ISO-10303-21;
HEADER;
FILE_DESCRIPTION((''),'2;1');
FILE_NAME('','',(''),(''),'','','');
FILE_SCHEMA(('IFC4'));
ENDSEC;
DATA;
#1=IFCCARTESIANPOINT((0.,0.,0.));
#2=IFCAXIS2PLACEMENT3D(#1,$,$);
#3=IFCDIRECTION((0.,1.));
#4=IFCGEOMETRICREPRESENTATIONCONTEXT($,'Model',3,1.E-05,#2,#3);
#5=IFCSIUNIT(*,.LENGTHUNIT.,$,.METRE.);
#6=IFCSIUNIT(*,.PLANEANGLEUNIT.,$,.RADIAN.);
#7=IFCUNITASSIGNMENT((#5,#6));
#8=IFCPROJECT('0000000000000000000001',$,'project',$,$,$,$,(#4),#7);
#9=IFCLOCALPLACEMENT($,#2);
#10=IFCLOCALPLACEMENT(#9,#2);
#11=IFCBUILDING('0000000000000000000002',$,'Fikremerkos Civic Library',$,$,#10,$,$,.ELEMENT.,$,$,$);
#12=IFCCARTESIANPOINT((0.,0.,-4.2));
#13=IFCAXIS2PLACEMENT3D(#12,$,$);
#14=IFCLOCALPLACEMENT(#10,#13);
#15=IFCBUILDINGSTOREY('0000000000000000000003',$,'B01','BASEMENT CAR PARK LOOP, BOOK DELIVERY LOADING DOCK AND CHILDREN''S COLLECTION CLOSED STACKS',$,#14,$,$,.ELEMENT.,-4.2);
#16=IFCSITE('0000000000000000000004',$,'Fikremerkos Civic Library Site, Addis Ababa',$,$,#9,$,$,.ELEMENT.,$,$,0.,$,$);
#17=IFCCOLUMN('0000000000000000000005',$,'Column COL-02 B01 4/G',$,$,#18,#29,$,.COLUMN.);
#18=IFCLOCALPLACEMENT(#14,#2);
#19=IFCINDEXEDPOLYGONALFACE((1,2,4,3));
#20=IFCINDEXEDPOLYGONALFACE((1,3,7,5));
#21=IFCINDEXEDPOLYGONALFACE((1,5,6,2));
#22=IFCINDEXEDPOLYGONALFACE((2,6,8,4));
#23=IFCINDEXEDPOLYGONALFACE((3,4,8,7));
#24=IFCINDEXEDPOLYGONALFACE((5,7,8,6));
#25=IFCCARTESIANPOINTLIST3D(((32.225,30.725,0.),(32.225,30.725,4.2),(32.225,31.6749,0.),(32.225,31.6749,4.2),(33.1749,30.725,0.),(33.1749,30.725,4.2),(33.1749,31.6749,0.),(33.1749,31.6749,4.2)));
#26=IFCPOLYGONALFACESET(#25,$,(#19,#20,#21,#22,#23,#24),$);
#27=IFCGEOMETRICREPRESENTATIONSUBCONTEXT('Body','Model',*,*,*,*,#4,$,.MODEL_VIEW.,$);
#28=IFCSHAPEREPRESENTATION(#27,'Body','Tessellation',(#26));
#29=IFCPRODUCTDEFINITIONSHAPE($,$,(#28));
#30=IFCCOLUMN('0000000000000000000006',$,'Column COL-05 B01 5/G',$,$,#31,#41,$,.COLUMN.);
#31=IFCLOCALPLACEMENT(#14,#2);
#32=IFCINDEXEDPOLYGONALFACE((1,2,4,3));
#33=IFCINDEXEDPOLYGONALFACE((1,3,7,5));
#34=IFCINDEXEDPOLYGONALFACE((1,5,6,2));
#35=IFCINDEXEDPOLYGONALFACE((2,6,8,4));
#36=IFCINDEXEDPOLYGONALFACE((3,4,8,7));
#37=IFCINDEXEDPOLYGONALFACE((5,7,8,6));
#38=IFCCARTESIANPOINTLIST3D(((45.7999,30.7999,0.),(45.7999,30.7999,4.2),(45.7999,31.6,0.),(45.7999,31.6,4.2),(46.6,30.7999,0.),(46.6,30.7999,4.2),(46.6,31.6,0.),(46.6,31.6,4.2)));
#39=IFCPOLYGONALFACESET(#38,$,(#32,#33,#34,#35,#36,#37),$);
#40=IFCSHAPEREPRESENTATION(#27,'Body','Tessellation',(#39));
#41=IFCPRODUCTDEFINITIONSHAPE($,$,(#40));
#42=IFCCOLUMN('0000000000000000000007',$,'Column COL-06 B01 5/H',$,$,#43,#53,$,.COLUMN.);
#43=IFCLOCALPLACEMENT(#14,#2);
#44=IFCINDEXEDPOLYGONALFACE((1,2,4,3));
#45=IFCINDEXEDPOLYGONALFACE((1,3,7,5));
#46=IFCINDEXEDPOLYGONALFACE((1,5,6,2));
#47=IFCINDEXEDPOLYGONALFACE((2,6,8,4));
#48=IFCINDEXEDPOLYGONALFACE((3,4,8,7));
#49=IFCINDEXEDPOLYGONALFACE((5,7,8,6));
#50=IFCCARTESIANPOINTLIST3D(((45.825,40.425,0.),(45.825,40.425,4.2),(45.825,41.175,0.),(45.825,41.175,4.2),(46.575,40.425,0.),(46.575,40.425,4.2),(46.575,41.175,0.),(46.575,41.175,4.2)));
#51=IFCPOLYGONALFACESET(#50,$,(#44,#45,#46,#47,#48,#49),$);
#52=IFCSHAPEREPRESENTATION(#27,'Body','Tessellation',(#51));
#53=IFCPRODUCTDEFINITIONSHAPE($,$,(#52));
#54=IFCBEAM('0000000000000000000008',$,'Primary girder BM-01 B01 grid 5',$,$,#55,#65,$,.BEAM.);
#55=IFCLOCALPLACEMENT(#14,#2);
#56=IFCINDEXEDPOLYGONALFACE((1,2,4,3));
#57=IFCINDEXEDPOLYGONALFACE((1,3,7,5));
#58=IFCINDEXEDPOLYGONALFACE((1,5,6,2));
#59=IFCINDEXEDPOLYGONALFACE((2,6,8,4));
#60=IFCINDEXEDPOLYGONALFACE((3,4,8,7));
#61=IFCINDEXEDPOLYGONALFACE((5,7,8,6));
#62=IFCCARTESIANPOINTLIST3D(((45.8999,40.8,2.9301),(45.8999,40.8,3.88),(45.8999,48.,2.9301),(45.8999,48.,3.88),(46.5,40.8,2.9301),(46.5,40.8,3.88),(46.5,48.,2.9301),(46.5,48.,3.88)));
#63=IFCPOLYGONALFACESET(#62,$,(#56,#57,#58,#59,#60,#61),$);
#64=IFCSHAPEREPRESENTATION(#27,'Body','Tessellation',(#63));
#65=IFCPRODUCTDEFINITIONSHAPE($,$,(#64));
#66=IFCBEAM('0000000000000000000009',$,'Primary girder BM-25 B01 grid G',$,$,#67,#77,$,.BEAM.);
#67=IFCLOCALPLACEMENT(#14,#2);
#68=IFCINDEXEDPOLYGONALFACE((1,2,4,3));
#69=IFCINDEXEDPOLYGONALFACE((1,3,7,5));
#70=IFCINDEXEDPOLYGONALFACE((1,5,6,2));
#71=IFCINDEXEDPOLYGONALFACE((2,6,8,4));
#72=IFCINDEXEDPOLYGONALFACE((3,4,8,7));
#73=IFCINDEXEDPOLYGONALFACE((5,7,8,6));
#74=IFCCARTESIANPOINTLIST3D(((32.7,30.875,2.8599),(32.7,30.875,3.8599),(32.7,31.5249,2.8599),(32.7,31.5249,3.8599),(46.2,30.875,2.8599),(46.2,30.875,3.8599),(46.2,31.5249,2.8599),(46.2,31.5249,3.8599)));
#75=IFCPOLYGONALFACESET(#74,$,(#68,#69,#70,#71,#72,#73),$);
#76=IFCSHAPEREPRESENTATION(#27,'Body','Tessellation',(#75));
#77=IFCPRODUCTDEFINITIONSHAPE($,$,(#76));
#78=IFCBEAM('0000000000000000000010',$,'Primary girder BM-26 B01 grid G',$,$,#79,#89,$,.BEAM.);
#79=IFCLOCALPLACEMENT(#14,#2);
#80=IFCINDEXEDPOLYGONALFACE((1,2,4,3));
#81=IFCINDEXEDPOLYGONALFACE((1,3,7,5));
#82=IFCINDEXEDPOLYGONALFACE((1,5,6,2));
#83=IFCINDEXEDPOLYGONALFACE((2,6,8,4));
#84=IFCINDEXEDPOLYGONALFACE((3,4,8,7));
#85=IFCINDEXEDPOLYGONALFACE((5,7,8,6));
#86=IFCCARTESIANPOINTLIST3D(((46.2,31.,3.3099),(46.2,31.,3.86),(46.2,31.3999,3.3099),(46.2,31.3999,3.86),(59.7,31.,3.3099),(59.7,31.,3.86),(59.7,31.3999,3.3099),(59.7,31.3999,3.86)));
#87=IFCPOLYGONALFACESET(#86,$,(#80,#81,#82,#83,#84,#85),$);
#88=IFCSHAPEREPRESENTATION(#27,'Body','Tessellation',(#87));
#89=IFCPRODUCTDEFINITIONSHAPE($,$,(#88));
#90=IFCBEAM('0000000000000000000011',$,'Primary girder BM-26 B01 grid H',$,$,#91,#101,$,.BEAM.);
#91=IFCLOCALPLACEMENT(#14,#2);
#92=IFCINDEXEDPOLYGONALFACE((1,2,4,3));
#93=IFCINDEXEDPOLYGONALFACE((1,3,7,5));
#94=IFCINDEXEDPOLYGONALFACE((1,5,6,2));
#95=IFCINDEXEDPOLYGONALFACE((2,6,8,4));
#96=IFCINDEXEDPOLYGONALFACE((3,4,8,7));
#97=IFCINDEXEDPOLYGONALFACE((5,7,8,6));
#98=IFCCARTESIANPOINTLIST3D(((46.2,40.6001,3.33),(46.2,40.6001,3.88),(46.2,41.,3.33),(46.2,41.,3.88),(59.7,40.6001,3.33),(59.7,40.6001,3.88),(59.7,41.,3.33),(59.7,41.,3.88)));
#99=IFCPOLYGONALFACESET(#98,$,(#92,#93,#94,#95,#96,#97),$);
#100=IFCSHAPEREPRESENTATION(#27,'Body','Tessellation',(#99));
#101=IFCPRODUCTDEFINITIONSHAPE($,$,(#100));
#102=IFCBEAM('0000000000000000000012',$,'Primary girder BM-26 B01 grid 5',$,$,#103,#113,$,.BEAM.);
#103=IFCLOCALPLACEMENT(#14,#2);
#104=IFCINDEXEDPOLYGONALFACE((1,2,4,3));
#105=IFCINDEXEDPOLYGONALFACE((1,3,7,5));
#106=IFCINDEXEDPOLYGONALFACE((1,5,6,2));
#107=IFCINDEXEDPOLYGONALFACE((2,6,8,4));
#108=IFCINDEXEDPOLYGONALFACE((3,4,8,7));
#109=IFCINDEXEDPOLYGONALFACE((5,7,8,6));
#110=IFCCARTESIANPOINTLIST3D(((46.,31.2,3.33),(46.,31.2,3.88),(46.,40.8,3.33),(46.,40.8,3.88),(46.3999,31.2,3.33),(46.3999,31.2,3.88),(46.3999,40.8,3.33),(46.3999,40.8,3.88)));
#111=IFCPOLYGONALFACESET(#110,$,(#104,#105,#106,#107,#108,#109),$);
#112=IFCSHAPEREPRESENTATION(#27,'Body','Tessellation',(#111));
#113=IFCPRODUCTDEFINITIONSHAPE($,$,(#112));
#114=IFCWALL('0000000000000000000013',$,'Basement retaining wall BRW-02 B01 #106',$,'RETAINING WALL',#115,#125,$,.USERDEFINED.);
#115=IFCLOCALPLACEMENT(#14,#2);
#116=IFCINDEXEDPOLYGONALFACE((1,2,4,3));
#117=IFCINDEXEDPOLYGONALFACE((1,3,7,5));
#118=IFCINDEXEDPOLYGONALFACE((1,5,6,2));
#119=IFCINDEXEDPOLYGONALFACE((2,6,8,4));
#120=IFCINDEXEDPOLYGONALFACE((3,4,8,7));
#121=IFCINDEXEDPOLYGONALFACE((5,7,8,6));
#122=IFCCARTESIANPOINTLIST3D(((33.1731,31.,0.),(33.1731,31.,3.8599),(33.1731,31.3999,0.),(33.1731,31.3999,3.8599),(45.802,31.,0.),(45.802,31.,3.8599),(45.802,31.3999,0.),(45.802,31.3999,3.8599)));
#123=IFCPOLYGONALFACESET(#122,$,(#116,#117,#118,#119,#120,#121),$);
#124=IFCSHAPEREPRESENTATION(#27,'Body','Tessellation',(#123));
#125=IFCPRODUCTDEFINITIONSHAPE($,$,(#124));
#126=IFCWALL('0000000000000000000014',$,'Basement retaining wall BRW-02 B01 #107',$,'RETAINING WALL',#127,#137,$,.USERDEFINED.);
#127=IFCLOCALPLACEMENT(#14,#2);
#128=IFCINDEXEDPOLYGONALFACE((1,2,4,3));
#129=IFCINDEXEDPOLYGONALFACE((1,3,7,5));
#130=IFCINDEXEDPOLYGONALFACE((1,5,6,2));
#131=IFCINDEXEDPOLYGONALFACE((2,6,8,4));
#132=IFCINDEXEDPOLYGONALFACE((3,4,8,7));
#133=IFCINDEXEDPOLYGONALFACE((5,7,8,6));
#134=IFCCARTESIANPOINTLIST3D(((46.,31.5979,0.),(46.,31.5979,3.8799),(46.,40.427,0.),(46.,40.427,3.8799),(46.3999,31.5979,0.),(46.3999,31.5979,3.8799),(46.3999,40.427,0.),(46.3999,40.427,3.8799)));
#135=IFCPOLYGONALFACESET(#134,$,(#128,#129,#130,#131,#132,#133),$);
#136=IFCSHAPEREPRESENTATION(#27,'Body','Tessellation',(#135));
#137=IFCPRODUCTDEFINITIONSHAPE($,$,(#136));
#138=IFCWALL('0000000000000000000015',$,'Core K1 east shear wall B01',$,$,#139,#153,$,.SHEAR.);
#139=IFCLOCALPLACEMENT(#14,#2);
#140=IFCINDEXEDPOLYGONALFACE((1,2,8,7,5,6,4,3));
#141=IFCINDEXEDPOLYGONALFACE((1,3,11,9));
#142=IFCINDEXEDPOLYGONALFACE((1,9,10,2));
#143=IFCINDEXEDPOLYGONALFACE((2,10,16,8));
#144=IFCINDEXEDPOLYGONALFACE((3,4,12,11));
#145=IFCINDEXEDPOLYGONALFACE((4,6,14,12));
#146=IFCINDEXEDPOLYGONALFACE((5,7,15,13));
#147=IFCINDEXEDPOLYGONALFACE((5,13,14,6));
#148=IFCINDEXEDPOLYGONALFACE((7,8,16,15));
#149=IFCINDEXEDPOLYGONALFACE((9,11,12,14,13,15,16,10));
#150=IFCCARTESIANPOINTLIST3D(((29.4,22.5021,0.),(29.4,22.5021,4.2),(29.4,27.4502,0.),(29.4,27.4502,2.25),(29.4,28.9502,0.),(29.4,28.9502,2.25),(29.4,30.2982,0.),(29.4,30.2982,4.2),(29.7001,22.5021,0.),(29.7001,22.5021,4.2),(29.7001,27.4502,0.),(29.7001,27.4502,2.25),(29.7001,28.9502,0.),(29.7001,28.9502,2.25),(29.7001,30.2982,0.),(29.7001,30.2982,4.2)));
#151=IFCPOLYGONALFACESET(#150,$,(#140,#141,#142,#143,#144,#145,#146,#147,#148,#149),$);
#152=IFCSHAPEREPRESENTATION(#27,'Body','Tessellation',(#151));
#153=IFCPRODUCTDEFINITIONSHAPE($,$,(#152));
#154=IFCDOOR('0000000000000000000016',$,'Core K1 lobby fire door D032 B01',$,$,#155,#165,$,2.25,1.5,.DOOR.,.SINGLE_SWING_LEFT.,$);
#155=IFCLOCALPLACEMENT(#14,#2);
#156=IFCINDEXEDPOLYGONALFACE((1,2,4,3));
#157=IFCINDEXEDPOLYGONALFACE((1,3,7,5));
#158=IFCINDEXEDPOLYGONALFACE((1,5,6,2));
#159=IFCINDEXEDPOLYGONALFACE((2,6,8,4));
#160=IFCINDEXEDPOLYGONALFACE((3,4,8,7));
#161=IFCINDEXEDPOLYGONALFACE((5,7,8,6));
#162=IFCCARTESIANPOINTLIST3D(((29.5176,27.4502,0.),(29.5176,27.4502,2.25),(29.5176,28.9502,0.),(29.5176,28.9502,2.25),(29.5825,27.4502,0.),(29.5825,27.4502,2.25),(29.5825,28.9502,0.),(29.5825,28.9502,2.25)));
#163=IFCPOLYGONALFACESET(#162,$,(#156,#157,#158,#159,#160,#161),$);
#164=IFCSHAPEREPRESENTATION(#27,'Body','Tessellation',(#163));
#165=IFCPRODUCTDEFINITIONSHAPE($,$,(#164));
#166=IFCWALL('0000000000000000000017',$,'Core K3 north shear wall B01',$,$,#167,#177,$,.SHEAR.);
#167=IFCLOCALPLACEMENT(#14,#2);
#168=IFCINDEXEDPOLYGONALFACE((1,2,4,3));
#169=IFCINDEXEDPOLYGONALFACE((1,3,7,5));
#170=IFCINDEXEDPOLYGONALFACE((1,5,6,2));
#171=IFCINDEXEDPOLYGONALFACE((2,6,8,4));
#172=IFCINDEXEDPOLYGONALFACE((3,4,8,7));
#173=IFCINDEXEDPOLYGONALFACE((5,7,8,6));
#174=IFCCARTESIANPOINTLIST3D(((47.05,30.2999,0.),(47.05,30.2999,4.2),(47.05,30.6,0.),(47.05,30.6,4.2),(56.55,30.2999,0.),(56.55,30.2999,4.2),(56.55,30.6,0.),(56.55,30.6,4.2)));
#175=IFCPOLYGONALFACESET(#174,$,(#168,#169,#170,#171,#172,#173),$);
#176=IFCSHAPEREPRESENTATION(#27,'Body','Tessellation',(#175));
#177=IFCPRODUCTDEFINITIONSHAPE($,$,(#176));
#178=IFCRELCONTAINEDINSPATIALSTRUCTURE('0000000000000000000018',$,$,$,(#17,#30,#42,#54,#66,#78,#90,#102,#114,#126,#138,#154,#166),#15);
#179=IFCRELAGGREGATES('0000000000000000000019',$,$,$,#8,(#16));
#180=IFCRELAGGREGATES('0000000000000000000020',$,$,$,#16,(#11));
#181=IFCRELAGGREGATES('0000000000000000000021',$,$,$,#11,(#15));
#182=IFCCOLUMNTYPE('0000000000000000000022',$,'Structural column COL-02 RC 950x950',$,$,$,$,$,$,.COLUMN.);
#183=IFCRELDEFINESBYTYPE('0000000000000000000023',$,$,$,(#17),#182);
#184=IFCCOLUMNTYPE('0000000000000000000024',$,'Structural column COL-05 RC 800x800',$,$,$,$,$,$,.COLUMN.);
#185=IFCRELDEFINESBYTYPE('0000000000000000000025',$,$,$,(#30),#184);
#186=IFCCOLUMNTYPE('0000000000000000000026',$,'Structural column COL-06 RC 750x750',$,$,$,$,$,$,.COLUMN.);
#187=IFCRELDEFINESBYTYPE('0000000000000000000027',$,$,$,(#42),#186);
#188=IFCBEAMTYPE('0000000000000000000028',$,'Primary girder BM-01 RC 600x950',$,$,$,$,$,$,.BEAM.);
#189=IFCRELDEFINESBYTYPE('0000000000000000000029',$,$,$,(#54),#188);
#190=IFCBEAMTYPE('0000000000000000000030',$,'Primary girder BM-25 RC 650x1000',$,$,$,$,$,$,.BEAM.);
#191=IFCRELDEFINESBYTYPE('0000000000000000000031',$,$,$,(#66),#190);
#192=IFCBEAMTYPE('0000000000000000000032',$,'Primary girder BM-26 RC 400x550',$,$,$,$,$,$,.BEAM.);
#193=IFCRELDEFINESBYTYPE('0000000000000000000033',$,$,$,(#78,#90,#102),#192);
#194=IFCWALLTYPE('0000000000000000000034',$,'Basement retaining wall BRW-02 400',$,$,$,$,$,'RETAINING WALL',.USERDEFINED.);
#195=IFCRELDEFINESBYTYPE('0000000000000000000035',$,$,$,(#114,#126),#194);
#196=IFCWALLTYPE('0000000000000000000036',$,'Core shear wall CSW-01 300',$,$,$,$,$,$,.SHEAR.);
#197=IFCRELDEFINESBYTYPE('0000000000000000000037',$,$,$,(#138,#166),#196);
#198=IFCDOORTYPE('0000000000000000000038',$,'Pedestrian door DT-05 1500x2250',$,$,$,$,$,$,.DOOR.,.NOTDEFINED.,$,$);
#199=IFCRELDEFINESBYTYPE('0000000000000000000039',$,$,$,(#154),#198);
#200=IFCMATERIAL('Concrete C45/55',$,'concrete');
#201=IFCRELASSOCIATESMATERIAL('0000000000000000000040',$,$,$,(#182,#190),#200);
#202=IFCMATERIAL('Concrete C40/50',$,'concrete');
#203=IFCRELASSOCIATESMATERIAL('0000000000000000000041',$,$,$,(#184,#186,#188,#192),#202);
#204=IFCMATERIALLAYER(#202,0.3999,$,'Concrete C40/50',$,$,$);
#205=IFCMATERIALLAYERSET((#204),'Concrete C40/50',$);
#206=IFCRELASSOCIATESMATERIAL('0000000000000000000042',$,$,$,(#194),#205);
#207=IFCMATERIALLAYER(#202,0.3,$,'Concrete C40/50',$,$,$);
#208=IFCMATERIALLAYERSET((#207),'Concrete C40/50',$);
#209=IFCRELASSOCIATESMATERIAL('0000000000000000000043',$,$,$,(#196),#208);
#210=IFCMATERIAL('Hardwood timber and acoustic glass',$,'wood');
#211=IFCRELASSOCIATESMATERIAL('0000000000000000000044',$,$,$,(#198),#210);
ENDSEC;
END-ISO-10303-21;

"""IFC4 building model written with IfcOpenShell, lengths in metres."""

from ifc_helpers import new_model, si_unit, direction, frame, frame_2d, origin, origin_2d, place, context, subcontext, project, spatial, rectangle, extrude, material, layer, layer_set, material_profile, profile_set, type_object, element, fill, save


model = new_model("IFC4")

# Units and contexts
model_context = context("Model", 3, precision=1e-05, world=origin(), true_north=direction((0.0, 1.0)))
body_context = subcontext(model_context, "Body", "Model", "MODEL_VIEW")
ifc_project = project(units=[si_unit("LENGTHUNIT", "METRE"), si_unit("PLANEANGLEUNIT", "RADIAN")], contexts=[model_context])

# Site, building, storey
site_placement = place(None, origin())
site = spatial("IfcSite", under=ifc_project, at=site_placement, Name="Fikremerkos Civic Library Site, Addis Ababa", CompositionType="ELEMENT", RefElevation=0.0)
building_placement = place(site_placement, origin())
building = spatial("IfcBuilding", under=site, at=building_placement, Name="Fikremerkos Civic Library", CompositionType="ELEMENT")
storey_placement = place(building_placement, frame((0.0, 0.0, -4.2)))
storey = spatial("IfcBuildingStorey", under=building, at=storey_placement, Name="B01", Description="BASEMENT CAR PARK LOOP, BOOK DELIVERY LOADING DOCK AND CHILDREN'S COLLECTION CLOSED STACKS", CompositionType="ELEMENT", Elevation=-4.2)

# Columns
ifc_material_1 = material(Name="Concrete C45/55", Category="concrete")
ifc_material_profile_1 = material_profile(ifc_material_1, rectangle(XDim=0.95, YDim=0.95, at=origin_2d()), Name="RC 950x950")
ifc_profile_set_1 = profile_set([ifc_material_profile_1], Name="Concrete C45/55")
column_type_1 = type_object("IfcColumnType", Name="Structural column COL-02 RC 950x950", PredefinedType="COLUMN", material=ifc_profile_set_1)
column_1_placement = place(storey_placement, frame((32.7, 31.2, 0.0), z_axis=(0.0, 0.0, 1.0), x_axis=(1.0, 0.0, 0.0)))
element("IfcColumn", 1, at=column_1_placement, inside=storey, type_object=column_type_1, Name="Column COL-02 B01 4/G", PredefinedType="COLUMN", context=body_context, shape_type="SweptSolid", body=[
    extrude(rectangle(XDim=0.95, YDim=0.95, at=origin_2d()), origin(), (0.0, 0.0, 1.0), 4.2),
])
ifc_material_2 = material(Name="Concrete C40/50", Category="concrete")
ifc_material_profile_2 = material_profile(ifc_material_2, rectangle(XDim=0.8, YDim=0.8, at=origin_2d()), Name="RC 800x800")
ifc_profile_set_2 = profile_set([ifc_material_profile_2], Name="Concrete C40/50")
column_type_2 = type_object("IfcColumnType", Name="Structural column COL-05 RC 800x800", PredefinedType="COLUMN", material=ifc_profile_set_2)
column_2_placement = place(storey_placement, frame((46.2, 31.2, 0.0), z_axis=(0.0, 0.0, 1.0), x_axis=(1.0, 0.0, 0.0)))
element("IfcColumn", 2, at=column_2_placement, inside=storey, type_object=column_type_2, Name="Column COL-05 B01 5/G", PredefinedType="COLUMN", context=body_context, shape_type="SweptSolid", body=[
    extrude(rectangle(XDim=0.8, YDim=0.8, at=origin_2d()), origin(), (0.0, 0.0, 1.0), 4.2),
])
ifc_material_profile_3 = material_profile(ifc_material_2, rectangle(XDim=0.75, YDim=0.75, at=origin_2d()), Name="RC 750x750")
ifc_profile_set_3 = profile_set([ifc_material_profile_3], Name="Concrete C40/50")
column_type_3 = type_object("IfcColumnType", Name="Structural column COL-06 RC 750x750", PredefinedType="COLUMN", material=ifc_profile_set_3)
column_3_placement = place(storey_placement, frame((46.2, 40.8, 0.0), z_axis=(0.0, 0.0, 1.0), x_axis=(1.0, 0.0, 0.0)))
element("IfcColumn", 3, at=column_3_placement, inside=storey, type_object=column_type_3, Name="Column COL-06 B01 5/H", PredefinedType="COLUMN", context=body_context, shape_type="SweptSolid", body=[
    extrude(rectangle(XDim=0.75, YDim=0.75, at=origin_2d()), origin(), (0.0, 0.0, 1.0), 4.2),
])

# Beams
ifc_material_profile_4 = material_profile(ifc_material_2, rectangle(XDim=0.6001, YDim=0.95, at=origin_2d()), Name="RC 600x950")
ifc_profile_set_4 = profile_set([ifc_material_profile_4], Name="Concrete C40/50")
beam_type_1 = type_object("IfcBeamType", Name="Primary girder BM-01 RC 600x950", PredefinedType="BEAM", material=ifc_profile_set_4)
beam_1_placement = place(storey_placement, frame((46.2, 40.8, 3.405), z_axis=(0.0, 1.0, 0.0), x_axis=(-1.0, 0.0, 0.0)))
element("IfcBeam", 4, at=beam_1_placement, inside=storey, type_object=beam_type_1, Name="Primary girder BM-01 B01 grid 5", PredefinedType="BEAM", context=body_context, shape_type="SweptSolid", body=[
    extrude(rectangle(XDim=0.6001, YDim=0.95, at=origin_2d()), origin(), (0.0, 0.0, 1.0), 7.2),
])
ifc_material_profile_5 = material_profile(ifc_material_1, rectangle(XDim=0.6499, YDim=1.0, at=origin_2d()), Name="RC 650x1000")
ifc_profile_set_5 = profile_set([ifc_material_profile_5], Name="Concrete C45/55")
beam_type_2 = type_object("IfcBeamType", Name="Primary girder BM-25 RC 650x1000", PredefinedType="BEAM", material=ifc_profile_set_5)
beam_2_placement = place(storey_placement, frame((32.7, 31.2, 3.3599), z_axis=(1.0, 0.0, 0.0), x_axis=(0.0, 1.0, 0.0)))
element("IfcBeam", 5, at=beam_2_placement, inside=storey, type_object=beam_type_2, Name="Primary girder BM-25 B01 grid G", PredefinedType="BEAM", context=body_context, shape_type="SweptSolid", body=[
    extrude(rectangle(XDim=0.6499, YDim=1.0, at=origin_2d()), origin(), (0.0, 0.0, 1.0), 13.5),
])
ifc_material_profile_6 = material_profile(ifc_material_2, rectangle(XDim=0.3999, YDim=0.55, at=origin_2d()), Name="RC 400x550")
ifc_profile_set_6 = profile_set([ifc_material_profile_6], Name="Concrete C40/50")
beam_type_3 = type_object("IfcBeamType", Name="Primary girder BM-26 RC 400x550", PredefinedType="BEAM", material=ifc_profile_set_6)
for number, where, z_axis, x_axis, name in (
    (6, (46.2, 31.2, 3.585), (1.0, 0.0, 0.0), (0.0, 1.0, 0.0), "Primary girder BM-26 B01 grid G"),
    (7, (46.2, 40.8, 3.605), (1.0, 0.0, 0.0), (0.0, 1.0, 0.0), "Primary girder BM-26 B01 grid H"),
):
    element("IfcBeam", number, at=place(storey_placement, frame(where, z_axis=z_axis, x_axis=x_axis)), inside=storey, type_object=beam_type_3, Name=name, PredefinedType="BEAM", context=body_context, shape_type="SweptSolid", body=[
        extrude(rectangle(XDim=0.3999, YDim=0.55, at=origin_2d()), origin(), (0.0, 0.0, 1.0), 13.5),
    ])
beam_3_placement = place(storey_placement, frame((46.2, 31.2, 3.605), z_axis=(0.0, 1.0, 0.0), x_axis=(-1.0, 0.0, 0.0)))
element("IfcBeam", 8, at=beam_3_placement, inside=storey, type_object=beam_type_3, Name="Primary girder BM-26 B01 grid 5", PredefinedType="BEAM", context=body_context, shape_type="SweptSolid", body=[
    extrude(rectangle(XDim=0.3999, YDim=0.55, at=origin_2d()), origin(), (0.0, 0.0, 1.0), 9.6001),
])

# Walls
ifc_layer_1 = layer(ifc_material_2, 0.3999, Name="Concrete C40/50")
ifc_layer_set_1 = layer_set([ifc_layer_1], Name="Concrete C40/50")
wall_type_1 = type_object("IfcWallType", Name="Basement retaining wall BRW-02 400", ElementType="RETAINING WALL", PredefinedType="USERDEFINED", material=ifc_layer_set_1)
wall_1_placement = place(storey_placement, frame((33.1731, 31.2, 0.0), z_axis=(0.0, 0.0, 1.0), x_axis=(1.0, 0.0, 0.0)))
element("IfcWall", 9, at=wall_1_placement, inside=storey, type_object=wall_type_1, Name="Basement retaining wall BRW-02 B01 #106", ObjectType="RETAINING WALL", PredefinedType="USERDEFINED", context=body_context, shape_type="SweptSolid", body=[
    extrude(rectangle(XDim=12.6289, YDim=0.3999, at=frame_2d((6.3145, 0.0))), origin(), (0.0, 0.0, 1.0), 3.8599),
])
wall_2_placement = place(storey_placement, frame((46.2, 31.5979, 0.0), z_axis=(0.0, 0.0, 1.0), x_axis=(0.0, 1.0, 0.0)))
element("IfcWall", 10, at=wall_2_placement, inside=storey, type_object=wall_type_1, Name="Basement retaining wall BRW-02 B01 #107", ObjectType="RETAINING WALL", PredefinedType="USERDEFINED", context=body_context, shape_type="SweptSolid", body=[
    extrude(rectangle(XDim=8.8291, YDim=0.3999, at=frame_2d((4.4146, 0.0))), origin(), (0.0, 0.0, 1.0), 3.8799),
])

# Wall, opening, door
ifc_layer_2 = layer(ifc_material_2, 0.3, Name="Concrete C40/50")
ifc_layer_set_2 = layer_set([ifc_layer_2], Name="Concrete C40/50")
wall_type_2 = type_object("IfcWallType", Name="Core shear wall CSW-01 300", PredefinedType="SHEAR", material=ifc_layer_set_2)
wall_3_placement = place(storey_placement, frame((29.55, 30.2981, 0.0), z_axis=(0.0, 0.0, 1.0), x_axis=(0.0, -1.0, 0.0)))
wall_3 = element("IfcWall", 11, at=wall_3_placement, inside=storey, type_object=wall_type_2, Name="Core K1 east shear wall B01", PredefinedType="SHEAR", context=body_context, shape_type="SweptSolid", body=[
    extrude(rectangle(XDim=7.7961, YDim=0.3, at=frame_2d((3.8979, 0.0))), origin(), (0.0, 0.0, 1.0), 4.2),
])
opening_1_placement = place(wall_3_placement, frame((1.3479, 0.0, 0.0)))
opening_1 = element("IfcOpeningElement", 12, at=opening_1_placement, cuts=wall_3, PredefinedType="OPENING", context=body_context, shape_type="SweptSolid", body=[
    extrude(rectangle(XDim=1.5, YDim=2.25, at=frame_2d((0.75, 1.125))), frame((0.0, 0.1599, 0.0), z_axis=(0.0, -1.0, 0.0), x_axis=(1.0, 0.0, 0.0)), (0.0, 0.0, 1.0), 0.3201),
])
ifc_material_3 = material(Name="Hardwood timber and acoustic glass", Category="wood")
door_type_1 = type_object("IfcDoorType", Name="Pedestrian door DT-05 1500x2250", OperationType="NOTDEFINED", PredefinedType="DOOR", material=ifc_material_3)
door_1_placement = place(opening_1_placement, origin())
door_1 = element("IfcDoor", 13, at=door_1_placement, inside=storey, type_object=door_type_1, Name="Core K1 lobby fire door D032 B01", OperationType="SINGLE_SWING_LEFT", OverallHeight=2.25, OverallWidth=1.5, PredefinedType="DOOR", context=body_context, shape_type="SweptSolid", body=[
    extrude(rectangle(XDim=1.5, YDim=2.25, at=frame_2d((0.75, 1.125))), frame((0.0, 0.0325, 0.0), z_axis=(0.0, -1.0, 0.0), x_axis=(1.0, 0.0, 0.0)), (0.0, 0.0, 1.0), 0.0649),
])
fill(opening_1, door_1)

# Wall
wall_4_placement = place(storey_placement, frame((47.05, 30.45, 0.0), z_axis=(0.0, 0.0, 1.0), x_axis=(1.0, 0.0, 0.0)))
element("IfcWall", 14, at=wall_4_placement, inside=storey, type_object=wall_type_2, Name="Core K3 north shear wall B01", PredefinedType="SHEAR", context=body_context, shape_type="SweptSolid", body=[
    extrude(rectangle(XDim=9.5, YDim=0.3, at=frame_2d((4.75, 0.0))), origin(), (0.0, 0.0, 1.0), 4.2),
])

save(model, "model.ifc")
